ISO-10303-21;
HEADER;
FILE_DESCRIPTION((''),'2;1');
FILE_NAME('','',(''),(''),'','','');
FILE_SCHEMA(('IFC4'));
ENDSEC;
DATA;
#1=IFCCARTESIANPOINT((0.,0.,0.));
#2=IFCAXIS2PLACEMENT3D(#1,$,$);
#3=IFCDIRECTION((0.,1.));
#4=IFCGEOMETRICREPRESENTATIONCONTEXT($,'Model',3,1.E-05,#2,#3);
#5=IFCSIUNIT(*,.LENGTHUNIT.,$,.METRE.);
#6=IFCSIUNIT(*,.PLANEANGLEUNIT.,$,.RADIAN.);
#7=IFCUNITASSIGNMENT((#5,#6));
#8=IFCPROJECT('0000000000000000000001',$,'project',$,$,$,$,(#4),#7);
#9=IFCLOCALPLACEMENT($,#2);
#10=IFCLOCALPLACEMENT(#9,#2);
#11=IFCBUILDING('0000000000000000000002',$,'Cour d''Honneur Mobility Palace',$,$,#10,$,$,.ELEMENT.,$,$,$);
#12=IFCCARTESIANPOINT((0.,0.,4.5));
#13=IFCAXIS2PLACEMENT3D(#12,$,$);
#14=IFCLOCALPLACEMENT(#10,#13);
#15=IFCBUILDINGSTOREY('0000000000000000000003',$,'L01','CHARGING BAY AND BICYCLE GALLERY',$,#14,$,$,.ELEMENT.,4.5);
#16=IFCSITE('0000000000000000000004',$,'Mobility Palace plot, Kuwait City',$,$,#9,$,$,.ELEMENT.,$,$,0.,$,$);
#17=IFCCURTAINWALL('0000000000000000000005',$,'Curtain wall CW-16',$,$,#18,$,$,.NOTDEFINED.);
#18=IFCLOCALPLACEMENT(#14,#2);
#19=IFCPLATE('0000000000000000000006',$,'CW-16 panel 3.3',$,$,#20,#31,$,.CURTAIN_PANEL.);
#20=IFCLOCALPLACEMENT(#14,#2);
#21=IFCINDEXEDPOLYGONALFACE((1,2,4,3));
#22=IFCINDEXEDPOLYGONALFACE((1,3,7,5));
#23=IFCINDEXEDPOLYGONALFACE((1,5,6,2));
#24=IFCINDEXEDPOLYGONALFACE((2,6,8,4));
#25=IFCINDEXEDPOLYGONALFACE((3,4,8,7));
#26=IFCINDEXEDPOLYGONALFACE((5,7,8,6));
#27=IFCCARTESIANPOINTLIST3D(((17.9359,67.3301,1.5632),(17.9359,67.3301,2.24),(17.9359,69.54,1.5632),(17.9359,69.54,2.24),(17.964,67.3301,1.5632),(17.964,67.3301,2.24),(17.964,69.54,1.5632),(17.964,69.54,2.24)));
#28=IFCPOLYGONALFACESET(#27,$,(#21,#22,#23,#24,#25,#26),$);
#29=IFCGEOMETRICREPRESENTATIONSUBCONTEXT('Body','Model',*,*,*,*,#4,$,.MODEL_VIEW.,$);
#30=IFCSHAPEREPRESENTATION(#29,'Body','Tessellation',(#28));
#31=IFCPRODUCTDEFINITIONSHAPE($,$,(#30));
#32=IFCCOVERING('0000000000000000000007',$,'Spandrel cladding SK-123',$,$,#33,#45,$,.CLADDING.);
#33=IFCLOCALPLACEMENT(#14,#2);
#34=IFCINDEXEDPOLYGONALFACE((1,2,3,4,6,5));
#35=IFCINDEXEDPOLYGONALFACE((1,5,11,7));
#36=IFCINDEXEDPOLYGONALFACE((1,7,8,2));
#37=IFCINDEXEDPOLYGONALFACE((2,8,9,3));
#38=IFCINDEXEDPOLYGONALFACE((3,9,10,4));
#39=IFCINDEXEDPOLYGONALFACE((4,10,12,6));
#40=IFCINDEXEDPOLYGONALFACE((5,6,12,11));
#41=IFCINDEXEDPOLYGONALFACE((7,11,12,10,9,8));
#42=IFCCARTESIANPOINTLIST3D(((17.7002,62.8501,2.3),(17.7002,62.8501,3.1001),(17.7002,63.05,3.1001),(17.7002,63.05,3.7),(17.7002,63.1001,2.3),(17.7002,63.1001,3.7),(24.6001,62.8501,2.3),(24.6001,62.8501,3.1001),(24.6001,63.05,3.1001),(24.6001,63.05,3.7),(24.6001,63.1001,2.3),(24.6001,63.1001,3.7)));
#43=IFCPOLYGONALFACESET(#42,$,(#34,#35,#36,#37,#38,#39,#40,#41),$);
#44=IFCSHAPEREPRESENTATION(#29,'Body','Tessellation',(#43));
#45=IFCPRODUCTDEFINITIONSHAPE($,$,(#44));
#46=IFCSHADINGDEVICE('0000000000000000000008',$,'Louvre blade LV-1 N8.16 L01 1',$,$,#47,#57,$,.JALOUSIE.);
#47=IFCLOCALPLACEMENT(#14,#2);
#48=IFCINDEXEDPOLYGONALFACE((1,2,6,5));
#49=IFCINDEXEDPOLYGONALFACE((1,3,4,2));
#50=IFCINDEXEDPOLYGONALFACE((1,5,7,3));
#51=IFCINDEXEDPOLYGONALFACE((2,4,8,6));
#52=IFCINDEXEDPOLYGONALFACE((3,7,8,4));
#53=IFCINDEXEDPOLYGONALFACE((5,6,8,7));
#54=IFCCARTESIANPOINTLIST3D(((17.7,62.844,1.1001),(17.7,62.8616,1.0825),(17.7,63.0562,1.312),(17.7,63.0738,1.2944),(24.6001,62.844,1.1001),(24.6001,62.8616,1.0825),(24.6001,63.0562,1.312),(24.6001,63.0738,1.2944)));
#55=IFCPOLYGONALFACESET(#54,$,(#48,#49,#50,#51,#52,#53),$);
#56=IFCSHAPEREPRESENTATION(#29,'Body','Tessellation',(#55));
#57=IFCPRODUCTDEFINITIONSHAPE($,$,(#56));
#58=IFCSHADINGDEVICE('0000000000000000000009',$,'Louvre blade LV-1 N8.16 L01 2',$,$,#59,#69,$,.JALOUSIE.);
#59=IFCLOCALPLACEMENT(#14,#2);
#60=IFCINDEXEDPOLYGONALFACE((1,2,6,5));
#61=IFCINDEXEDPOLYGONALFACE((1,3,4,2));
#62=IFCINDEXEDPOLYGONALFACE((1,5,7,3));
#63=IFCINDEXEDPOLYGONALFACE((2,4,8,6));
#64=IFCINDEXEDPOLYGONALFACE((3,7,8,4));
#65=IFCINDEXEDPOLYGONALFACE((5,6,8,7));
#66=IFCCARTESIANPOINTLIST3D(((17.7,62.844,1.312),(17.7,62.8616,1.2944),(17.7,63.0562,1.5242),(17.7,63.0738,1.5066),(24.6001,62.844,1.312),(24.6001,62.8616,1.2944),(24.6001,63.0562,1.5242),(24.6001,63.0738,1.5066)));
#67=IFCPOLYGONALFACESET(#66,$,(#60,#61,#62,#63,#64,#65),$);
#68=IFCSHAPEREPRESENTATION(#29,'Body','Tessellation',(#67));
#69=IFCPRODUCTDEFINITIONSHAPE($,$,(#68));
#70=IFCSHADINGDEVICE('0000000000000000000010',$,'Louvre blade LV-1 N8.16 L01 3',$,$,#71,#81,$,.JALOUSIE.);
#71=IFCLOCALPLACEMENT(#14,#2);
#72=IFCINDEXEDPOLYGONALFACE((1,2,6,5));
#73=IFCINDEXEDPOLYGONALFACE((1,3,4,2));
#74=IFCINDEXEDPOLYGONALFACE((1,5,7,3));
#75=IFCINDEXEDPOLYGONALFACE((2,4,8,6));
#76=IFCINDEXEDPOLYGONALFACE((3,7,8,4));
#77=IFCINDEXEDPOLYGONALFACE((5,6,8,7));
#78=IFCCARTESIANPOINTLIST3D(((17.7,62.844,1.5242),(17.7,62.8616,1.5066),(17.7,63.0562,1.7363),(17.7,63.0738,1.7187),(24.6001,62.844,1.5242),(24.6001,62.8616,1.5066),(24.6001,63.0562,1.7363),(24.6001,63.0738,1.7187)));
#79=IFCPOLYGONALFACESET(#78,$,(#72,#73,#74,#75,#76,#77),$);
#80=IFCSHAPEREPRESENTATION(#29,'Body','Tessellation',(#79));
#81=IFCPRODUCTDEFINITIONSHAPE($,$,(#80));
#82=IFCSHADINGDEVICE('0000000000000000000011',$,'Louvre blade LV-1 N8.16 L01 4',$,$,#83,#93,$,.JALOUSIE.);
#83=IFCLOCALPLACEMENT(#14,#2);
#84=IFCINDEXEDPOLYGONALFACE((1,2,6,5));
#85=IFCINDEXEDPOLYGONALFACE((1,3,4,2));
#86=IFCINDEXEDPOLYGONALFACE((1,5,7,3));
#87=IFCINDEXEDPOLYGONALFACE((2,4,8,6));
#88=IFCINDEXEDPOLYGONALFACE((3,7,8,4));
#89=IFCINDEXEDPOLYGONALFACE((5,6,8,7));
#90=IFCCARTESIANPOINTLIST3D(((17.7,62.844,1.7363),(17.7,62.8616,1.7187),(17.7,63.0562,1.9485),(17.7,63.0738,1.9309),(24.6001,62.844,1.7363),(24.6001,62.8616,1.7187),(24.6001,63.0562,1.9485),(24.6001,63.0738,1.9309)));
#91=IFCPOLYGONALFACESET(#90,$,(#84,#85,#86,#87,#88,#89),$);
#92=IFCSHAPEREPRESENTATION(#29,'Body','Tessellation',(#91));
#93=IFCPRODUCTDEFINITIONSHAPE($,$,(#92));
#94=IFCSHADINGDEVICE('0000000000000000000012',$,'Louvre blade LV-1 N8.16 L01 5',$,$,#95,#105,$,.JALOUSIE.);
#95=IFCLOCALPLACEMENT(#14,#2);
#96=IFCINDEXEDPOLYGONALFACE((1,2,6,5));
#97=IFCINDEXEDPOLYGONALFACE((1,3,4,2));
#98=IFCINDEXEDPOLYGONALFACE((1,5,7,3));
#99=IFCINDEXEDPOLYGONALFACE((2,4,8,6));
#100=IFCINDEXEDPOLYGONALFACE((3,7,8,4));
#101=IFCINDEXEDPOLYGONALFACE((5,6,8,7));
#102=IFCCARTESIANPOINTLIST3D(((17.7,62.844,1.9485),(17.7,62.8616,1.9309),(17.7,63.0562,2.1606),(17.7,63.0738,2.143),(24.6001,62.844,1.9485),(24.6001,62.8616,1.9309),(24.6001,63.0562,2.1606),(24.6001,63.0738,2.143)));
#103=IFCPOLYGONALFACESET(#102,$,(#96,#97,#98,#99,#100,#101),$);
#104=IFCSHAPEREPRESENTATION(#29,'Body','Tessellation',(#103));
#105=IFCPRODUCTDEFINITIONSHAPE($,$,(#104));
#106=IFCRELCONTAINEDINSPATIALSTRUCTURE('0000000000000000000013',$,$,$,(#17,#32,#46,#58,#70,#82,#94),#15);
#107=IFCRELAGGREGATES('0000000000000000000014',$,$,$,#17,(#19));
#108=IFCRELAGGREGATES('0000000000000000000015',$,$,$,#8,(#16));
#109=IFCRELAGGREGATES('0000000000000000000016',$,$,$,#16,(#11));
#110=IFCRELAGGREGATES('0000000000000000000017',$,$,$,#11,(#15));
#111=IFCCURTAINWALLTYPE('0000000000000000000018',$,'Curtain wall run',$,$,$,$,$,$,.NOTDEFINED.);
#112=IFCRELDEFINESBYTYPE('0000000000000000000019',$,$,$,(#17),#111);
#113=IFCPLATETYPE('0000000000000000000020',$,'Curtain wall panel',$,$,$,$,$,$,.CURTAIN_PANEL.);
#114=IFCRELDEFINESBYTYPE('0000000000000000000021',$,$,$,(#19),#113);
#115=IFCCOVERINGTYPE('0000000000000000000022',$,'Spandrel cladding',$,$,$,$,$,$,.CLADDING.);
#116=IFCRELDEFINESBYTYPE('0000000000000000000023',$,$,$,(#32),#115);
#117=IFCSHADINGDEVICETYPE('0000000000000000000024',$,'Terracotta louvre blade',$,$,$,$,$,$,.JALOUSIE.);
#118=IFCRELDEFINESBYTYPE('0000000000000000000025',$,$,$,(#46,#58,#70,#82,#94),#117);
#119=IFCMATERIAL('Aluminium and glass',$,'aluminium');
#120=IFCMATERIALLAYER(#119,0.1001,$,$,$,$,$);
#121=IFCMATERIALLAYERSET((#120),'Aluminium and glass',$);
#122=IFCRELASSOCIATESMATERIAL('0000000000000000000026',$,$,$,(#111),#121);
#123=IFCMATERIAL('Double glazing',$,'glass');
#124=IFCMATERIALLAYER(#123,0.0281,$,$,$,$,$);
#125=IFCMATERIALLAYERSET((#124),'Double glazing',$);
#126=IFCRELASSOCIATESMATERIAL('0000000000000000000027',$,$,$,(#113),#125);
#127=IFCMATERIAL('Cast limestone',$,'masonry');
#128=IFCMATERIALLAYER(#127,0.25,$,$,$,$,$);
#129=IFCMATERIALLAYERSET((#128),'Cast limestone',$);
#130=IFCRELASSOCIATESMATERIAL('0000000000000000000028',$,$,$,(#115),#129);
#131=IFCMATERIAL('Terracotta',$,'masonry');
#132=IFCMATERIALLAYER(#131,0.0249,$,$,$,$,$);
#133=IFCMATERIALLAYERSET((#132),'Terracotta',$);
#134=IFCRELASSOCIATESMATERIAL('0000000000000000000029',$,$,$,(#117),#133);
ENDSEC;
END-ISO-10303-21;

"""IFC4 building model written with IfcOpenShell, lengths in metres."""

from ifc_helpers import new_model, si_unit, direction, frame, origin, origin_2d, place, context, subcontext, project, spatial, polyline, rectangle, outline, extrude, material, layer, layer_set, type_object, element, aggregate, save


model = new_model("IFC4")

# Units and contexts
model_context = context("Model", 3, precision=1e-05, world=origin(), true_north=direction((0.0, 1.0)))
body_context = subcontext(model_context, "Body", "Model", "MODEL_VIEW")
ifc_project = project(units=[si_unit("LENGTHUNIT", "METRE"), si_unit("PLANEANGLEUNIT", "RADIAN")], contexts=[model_context])

# Site, building, storey
site_placement = place(None, origin())
site = spatial("IfcSite", under=ifc_project, at=site_placement, Name="Mobility Palace plot, Kuwait City", CompositionType="ELEMENT", RefElevation=0.0)
building_placement = place(site_placement, origin())
building = spatial("IfcBuilding", under=site, at=building_placement, Name="Cour d'Honneur Mobility Palace", CompositionType="ELEMENT")
storey_placement = place(building_placement, frame((0.0, 0.0, 4.5)))
storey = spatial("IfcBuildingStorey", under=building, at=storey_placement, Name="L01", Description="CHARGING BAY AND BICYCLE GALLERY", CompositionType="ELEMENT", Elevation=4.5)

# Curtain wall
ifc_material_1 = material(Name="Aluminium and glass", Category="aluminium")
ifc_layer_1 = layer(ifc_material_1, 0.1001)
ifc_layer_set_1 = layer_set([ifc_layer_1], Name="Aluminium and glass")
curtain_wall_type = type_object("IfcCurtainWallType", Name="Curtain wall run", PredefinedType="NOTDEFINED", material=ifc_layer_set_1)
curtain_wall_placement = place(storey_placement, origin())
curtain_wall = element("IfcCurtainWall", 1, at=curtain_wall_placement, inside=storey, type_object=curtain_wall_type, Name="Curtain wall CW-16", PredefinedType="NOTDEFINED")

# Plate
ifc_material_2 = material(Name="Double glazing", Category="glass")
ifc_layer_2 = layer(ifc_material_2, 0.0281)
ifc_layer_set_2 = layer_set([ifc_layer_2], Name="Double glazing")
plate_type = type_object("IfcPlateType", Name="Curtain wall panel", PredefinedType="CURTAIN_PANEL", material=ifc_layer_set_2)
plate_1_placement = place(storey_placement, frame((17.95, 68.4351, 1.5632), z_axis=(0.0, 0.0, 1.0), x_axis=(0.0, 1.0, 0.0)))
plate_1 = element("IfcPlate", 2, at=plate_1_placement, type_object=plate_type, Name="CW-16 panel 3.3", PredefinedType="CURTAIN_PANEL", context=body_context, shape_type="SweptSolid", body=[
    extrude(rectangle(XDim=2.21, YDim=0.0281, at=origin_2d()), origin(), (0.0, 0.0, 1.0), 0.6768),
])
aggregate(curtain_wall, [plate_1])

# Covering
ifc_material_3 = material(Name="Cast limestone", Category="masonry")
ifc_layer_3 = layer(ifc_material_3, 0.25)
ifc_layer_set_3 = layer_set([ifc_layer_3], Name="Cast limestone")
covering_type = type_object("IfcCoveringType", Name="Spandrel cladding", PredefinedType="CLADDING", material=ifc_layer_set_3)
covering_placement = place(storey_placement, frame((24.6001, 62.8501, 2.3), z_axis=(1.0, 0.0, 0.0), x_axis=(0.0, 1.0, 0.0)))
element("IfcCovering", 3, at=covering_placement, inside=storey, type_object=covering_type, Name="Spandrel cladding SK-123", PredefinedType="CLADDING", context=body_context, shape_type="SweptSolid", body=[
    extrude(outline(polyline([(0.0, 0.0), (0.25, 0.0), (0.25, 1.3999), (0.2, 1.3999), (0.2, 0.8), (0.0, 0.8), (0.0, 0.0)])), origin(), (0.0, 0.0, -1.0), 6.8999),
])

# Shading devices
ifc_material_4 = material(Name="Terracotta", Category="masonry")
ifc_layer_4 = layer(ifc_material_4, 0.0249)
ifc_layer_set_4 = layer_set([ifc_layer_4], Name="Terracotta")
shading_device_type = type_object("IfcShadingDeviceType", Name="Terracotta louvre blade", PredefinedType="JALOUSIE", material=ifc_layer_set_4)
shading_device_placement = place(storey_placement, frame((24.6001, 62.844, 1.1001), z_axis=(0.0, -0.7067, 0.707514), x_axis=(-1.0, 0.0, 0.0)))
element("IfcShadingDevice", 4, at=shading_device_placement, inside=storey, type_object=shading_device_type, Name="Louvre blade LV-1 N8.16 L01 1", PredefinedType="JALOUSIE", context=body_context, shape_type="SweptSolid", body=[
    extrude(outline(polyline([(0.0, 0.0), (6.9001, 0.0), (6.9001, -0.2999), (0.0, -0.2999), (0.0, 0.0)])), origin(), (0.0, 0.0, -1.0), 0.0249),
])
for number, where, z_axis, x_axis, name in (
    (5, (24.6001, 62.844, 1.312), (0.0, -0.707107, 0.707107), (-1.0, 0.0, 0.0), "Louvre blade LV-1 N8.16 L01 2"),
    (6, (24.6001, 62.844, 1.5242), (0.0, -0.707107, 0.707107), (-1.0, 0.0, 0.0), "Louvre blade LV-1 N8.16 L01 3"),
    (7, (24.6001, 62.844, 1.7363), (0.0, -0.707107, 0.707107), (-1.0, 0.0, 0.0), "Louvre blade LV-1 N8.16 L01 4"),
    (8, (24.6001, 62.844, 1.9485), (0.0, -0.707107, 0.707107), (-1.0, 0.0, 0.0), "Louvre blade LV-1 N8.16 L01 5"),
):
    element("IfcShadingDevice", number, at=place(storey_placement, frame(where, z_axis=z_axis, x_axis=x_axis)), inside=storey, type_object=shading_device_type, Name=name, PredefinedType="JALOUSIE", context=body_context, shape_type="SweptSolid", body=[
        extrude(outline(polyline([(0.0, 0.0), (6.9001, 0.0), (6.9001, -0.3), (0.0, -0.3), (0.0, 0.0)])), origin(), (0.0, 0.0, -1.0), 0.0249),
    ])

save(model, "model.ifc")
